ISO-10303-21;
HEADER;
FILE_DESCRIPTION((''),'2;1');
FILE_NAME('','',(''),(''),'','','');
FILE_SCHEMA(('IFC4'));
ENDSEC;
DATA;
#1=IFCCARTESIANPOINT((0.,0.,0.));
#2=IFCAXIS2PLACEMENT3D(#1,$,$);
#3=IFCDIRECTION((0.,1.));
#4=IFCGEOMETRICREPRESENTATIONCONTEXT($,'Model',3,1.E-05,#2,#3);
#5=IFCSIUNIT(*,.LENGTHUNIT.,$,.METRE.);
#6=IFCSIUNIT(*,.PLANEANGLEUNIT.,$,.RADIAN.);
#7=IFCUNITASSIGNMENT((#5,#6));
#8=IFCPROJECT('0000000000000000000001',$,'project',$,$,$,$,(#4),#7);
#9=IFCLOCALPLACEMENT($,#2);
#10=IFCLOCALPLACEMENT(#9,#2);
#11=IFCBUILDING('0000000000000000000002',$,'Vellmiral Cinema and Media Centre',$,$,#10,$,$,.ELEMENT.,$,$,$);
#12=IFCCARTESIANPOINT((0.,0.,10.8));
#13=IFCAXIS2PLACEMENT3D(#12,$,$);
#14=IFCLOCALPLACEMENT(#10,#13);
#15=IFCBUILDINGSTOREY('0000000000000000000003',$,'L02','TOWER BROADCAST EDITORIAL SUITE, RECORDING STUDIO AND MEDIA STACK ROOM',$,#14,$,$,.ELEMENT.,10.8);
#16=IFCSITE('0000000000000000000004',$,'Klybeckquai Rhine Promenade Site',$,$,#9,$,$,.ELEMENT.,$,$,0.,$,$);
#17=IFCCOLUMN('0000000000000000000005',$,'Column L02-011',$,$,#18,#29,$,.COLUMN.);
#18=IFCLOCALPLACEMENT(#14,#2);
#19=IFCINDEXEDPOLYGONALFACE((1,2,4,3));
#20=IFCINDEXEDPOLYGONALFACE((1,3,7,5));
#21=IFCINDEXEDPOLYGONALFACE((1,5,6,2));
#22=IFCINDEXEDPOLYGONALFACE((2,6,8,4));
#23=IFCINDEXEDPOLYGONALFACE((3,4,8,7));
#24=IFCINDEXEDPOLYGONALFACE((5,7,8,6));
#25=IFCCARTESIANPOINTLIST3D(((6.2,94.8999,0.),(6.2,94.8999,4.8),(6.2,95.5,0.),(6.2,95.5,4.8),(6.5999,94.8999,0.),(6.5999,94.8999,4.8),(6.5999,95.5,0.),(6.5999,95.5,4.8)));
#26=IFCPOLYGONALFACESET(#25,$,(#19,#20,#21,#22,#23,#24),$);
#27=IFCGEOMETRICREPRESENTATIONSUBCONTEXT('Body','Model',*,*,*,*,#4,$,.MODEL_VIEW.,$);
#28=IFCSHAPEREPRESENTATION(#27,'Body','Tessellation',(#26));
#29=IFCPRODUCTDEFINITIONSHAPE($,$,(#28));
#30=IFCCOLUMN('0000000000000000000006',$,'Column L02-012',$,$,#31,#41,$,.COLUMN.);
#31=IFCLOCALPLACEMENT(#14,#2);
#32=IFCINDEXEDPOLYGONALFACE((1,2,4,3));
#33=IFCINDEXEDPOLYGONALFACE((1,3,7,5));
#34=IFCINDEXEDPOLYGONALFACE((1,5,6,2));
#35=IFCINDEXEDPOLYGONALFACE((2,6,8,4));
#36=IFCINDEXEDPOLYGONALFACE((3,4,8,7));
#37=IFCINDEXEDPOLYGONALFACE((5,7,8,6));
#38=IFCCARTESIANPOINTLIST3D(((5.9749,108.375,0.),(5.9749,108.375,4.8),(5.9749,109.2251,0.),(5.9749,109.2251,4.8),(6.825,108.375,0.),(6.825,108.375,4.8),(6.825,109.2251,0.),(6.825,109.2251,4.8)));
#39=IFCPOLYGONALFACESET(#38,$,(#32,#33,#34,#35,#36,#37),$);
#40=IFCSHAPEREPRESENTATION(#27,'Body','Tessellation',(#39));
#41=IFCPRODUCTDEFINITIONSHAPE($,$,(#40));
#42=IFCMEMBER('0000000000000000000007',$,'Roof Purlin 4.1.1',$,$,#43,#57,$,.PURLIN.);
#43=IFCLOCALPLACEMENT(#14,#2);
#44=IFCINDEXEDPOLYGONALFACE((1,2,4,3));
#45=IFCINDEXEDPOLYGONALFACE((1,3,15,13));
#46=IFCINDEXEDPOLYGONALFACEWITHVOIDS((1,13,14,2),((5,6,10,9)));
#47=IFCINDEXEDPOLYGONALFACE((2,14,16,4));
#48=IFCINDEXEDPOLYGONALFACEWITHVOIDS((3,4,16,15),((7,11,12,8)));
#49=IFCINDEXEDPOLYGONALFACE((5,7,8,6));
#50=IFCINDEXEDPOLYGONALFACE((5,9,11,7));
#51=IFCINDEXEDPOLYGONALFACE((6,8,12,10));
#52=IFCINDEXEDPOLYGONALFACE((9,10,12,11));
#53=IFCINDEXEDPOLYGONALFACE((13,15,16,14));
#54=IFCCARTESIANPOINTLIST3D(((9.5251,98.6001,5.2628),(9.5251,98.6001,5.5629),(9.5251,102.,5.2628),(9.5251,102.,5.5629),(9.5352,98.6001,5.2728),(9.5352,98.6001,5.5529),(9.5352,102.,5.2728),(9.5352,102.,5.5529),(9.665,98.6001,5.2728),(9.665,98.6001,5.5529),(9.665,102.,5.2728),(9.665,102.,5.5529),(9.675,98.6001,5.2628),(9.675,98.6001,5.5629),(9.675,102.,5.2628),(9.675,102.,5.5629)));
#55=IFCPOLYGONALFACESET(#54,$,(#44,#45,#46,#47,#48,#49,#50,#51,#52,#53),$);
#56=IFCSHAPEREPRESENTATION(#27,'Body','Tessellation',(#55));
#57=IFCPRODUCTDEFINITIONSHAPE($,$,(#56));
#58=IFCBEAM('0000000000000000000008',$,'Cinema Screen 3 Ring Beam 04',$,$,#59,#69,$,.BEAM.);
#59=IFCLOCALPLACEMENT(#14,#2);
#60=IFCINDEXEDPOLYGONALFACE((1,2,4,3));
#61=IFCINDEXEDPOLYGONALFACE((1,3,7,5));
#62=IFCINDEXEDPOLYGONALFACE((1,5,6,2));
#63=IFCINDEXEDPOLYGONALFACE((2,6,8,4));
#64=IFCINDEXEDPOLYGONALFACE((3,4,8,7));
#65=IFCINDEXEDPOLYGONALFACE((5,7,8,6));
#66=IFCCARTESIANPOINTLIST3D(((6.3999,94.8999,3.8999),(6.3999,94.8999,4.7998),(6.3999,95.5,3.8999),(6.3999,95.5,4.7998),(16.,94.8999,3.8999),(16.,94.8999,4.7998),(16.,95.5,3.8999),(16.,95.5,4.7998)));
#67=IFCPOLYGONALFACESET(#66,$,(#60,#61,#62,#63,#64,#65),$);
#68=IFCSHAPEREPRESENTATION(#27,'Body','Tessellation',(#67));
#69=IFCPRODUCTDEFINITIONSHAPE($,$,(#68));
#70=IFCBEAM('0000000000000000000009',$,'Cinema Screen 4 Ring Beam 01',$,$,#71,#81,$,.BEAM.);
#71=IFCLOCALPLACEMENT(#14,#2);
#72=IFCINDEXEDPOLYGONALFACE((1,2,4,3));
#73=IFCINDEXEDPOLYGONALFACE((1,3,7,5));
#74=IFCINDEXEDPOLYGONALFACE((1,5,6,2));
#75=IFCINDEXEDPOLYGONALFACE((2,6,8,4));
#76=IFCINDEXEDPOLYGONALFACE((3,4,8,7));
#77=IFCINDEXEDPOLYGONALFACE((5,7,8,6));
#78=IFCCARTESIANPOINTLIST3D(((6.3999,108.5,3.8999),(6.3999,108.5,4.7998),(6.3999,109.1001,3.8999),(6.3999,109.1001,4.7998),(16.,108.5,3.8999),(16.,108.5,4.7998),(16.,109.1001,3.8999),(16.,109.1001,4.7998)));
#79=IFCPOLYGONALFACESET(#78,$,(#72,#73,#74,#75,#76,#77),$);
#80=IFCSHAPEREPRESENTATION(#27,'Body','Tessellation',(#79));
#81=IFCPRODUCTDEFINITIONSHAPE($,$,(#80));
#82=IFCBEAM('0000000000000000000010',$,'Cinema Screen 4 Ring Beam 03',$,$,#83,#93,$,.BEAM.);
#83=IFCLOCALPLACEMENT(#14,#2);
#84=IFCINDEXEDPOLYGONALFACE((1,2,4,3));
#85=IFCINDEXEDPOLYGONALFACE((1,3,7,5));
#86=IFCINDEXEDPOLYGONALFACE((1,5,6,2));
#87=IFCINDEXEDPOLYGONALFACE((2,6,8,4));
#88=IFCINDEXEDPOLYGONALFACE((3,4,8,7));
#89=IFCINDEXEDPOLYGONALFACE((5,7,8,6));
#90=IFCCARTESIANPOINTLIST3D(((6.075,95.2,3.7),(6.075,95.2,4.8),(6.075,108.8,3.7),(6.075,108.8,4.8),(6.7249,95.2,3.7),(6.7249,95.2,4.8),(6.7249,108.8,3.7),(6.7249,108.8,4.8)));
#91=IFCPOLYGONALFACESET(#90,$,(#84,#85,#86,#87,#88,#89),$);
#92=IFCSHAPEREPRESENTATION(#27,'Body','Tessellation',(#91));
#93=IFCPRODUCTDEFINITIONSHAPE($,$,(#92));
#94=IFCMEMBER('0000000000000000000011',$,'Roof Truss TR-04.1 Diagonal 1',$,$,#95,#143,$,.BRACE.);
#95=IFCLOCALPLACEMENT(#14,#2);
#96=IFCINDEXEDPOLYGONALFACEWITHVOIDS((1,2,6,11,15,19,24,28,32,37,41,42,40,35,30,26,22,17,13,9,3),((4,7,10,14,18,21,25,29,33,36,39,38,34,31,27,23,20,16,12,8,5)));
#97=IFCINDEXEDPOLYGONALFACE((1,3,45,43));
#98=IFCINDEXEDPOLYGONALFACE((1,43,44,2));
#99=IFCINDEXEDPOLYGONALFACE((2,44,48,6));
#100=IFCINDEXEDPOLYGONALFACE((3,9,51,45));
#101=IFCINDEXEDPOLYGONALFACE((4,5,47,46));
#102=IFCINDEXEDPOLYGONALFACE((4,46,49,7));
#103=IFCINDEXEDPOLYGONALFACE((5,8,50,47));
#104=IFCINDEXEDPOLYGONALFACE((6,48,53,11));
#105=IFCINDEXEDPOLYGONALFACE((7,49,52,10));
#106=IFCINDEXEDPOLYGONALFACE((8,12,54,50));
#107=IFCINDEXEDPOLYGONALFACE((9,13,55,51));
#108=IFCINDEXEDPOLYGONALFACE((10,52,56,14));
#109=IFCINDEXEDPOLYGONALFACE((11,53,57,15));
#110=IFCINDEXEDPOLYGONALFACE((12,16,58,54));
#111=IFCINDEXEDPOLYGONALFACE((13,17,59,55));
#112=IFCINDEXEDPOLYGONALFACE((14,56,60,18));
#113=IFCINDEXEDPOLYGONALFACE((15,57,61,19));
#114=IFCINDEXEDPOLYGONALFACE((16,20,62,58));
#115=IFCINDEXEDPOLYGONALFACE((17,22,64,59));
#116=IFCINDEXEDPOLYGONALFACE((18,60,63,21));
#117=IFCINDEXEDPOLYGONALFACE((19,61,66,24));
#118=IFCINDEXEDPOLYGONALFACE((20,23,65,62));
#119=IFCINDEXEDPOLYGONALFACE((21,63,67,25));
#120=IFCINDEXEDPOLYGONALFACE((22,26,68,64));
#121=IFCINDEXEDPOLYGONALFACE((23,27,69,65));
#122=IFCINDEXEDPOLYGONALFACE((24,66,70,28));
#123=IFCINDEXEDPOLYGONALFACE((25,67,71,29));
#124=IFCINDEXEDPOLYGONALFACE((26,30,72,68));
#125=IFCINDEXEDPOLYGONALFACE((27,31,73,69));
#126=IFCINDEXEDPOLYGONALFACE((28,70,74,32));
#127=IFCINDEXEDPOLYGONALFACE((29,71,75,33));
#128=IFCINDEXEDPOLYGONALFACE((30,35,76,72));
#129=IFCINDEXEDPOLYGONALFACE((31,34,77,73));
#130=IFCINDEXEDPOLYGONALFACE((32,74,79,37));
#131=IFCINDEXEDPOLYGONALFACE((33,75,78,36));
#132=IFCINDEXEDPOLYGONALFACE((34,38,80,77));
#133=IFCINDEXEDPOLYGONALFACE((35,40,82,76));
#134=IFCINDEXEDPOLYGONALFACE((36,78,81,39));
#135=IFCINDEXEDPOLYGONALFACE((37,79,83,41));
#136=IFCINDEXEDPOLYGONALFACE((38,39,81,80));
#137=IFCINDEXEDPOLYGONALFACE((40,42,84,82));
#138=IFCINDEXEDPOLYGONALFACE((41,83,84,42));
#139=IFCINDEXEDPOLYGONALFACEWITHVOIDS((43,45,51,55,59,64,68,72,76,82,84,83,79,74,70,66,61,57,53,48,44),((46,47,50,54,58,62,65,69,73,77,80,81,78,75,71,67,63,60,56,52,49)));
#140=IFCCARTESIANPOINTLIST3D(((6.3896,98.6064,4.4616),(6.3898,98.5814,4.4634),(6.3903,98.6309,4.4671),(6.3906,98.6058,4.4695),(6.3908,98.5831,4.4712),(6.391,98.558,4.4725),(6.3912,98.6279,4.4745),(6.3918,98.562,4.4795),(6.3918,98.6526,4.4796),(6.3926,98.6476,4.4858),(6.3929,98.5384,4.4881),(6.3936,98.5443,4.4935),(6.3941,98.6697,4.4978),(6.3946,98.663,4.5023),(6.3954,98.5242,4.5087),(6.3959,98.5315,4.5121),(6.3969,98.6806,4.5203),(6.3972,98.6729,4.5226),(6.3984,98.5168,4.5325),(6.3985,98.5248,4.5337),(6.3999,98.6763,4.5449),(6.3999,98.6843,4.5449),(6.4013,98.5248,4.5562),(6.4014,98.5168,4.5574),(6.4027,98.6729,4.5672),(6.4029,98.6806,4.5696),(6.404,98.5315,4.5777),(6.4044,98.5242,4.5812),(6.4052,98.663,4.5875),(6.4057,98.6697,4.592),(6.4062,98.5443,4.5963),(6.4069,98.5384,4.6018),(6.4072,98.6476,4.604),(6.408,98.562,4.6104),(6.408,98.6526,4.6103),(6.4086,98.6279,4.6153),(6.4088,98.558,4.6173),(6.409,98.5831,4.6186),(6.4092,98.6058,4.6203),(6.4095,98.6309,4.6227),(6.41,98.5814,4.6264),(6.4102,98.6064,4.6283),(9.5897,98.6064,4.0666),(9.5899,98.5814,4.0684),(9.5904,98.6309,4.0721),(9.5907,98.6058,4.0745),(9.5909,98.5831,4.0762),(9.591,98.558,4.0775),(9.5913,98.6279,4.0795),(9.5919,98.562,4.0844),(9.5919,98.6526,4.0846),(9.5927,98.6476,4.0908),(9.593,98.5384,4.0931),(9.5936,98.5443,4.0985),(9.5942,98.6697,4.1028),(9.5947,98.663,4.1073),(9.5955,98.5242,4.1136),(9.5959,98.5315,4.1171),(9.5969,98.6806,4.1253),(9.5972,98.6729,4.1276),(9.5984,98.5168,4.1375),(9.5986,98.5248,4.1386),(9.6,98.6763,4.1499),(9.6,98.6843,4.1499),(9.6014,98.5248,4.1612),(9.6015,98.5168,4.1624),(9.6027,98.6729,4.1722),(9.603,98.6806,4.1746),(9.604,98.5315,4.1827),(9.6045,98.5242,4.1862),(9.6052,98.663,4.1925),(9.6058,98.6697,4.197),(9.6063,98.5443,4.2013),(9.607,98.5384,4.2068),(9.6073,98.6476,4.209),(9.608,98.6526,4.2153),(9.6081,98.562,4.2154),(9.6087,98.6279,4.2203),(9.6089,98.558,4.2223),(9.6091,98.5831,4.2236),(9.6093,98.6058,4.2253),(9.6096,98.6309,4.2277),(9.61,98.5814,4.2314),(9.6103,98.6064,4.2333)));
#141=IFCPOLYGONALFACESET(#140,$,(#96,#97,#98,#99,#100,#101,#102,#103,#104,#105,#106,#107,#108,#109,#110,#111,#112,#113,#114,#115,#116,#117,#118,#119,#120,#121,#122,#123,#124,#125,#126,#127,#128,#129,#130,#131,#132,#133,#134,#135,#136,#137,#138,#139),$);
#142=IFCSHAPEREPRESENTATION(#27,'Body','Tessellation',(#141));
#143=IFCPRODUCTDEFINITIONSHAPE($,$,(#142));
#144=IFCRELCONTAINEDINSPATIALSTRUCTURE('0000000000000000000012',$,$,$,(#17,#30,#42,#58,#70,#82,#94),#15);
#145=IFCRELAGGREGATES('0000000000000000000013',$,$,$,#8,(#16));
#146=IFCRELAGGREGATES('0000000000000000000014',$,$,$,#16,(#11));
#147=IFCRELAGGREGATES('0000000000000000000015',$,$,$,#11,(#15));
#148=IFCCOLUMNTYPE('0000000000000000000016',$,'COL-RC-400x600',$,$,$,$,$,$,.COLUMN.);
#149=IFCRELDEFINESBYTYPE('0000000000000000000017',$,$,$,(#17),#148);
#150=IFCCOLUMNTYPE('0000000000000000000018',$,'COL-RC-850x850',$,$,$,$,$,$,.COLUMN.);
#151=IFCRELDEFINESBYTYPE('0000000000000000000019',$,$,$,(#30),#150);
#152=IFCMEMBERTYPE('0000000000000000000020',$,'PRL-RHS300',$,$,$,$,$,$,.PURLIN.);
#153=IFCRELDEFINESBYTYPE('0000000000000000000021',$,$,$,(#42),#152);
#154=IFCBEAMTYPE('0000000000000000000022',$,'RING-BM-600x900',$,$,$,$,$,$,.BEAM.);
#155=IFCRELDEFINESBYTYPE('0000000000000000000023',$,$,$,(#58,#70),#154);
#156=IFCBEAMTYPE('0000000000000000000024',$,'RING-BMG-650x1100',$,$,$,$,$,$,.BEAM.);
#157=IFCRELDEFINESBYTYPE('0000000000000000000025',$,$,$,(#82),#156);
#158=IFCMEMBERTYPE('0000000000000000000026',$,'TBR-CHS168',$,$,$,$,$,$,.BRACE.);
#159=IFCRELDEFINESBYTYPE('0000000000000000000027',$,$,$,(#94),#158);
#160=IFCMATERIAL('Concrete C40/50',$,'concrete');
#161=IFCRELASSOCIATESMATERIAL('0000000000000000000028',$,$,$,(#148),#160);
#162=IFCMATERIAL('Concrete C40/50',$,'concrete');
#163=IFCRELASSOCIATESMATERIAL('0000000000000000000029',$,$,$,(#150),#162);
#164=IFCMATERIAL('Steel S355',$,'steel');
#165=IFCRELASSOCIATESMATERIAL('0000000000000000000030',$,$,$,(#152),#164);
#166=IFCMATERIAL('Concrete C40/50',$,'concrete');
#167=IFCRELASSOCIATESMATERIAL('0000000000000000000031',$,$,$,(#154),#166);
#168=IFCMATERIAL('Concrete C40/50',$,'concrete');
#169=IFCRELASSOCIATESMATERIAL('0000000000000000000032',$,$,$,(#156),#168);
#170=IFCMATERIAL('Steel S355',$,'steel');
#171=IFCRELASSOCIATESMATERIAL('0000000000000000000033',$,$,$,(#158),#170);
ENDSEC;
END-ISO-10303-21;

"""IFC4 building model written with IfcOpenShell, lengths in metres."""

from ifc_helpers import new_model, si_unit, direction, frame, origin, origin_2d, place, context, subcontext, project, spatial, rectangle, hollow_rectangle, hollow_circle, extrude, material, material_profile, profile_set, type_object, element, save


model = new_model("IFC4")

# Units and contexts
model_context = context("Model", 3, precision=1e-05, world=origin(), true_north=direction((0.0, 1.0)))
body_context = subcontext(model_context, "Body", "Model", "MODEL_VIEW")
ifc_project = project(units=[si_unit("LENGTHUNIT", "METRE"), si_unit("PLANEANGLEUNIT", "RADIAN")], contexts=[model_context])

# Site, building, storey
site_placement = place(None, origin())
site = spatial("IfcSite", under=ifc_project, at=site_placement, Name="Klybeckquai Rhine Promenade Site", CompositionType="ELEMENT", RefElevation=0.0)
building_placement = place(site_placement, origin())
building = spatial("IfcBuilding", under=site, at=building_placement, Name="Vellmiral Cinema and Media Centre", CompositionType="ELEMENT")
storey_placement = place(building_placement, frame((0.0, 0.0, 10.8)))
storey = spatial("IfcBuildingStorey", under=building, at=storey_placement, Name="L02", Description="TOWER BROADCAST EDITORIAL SUITE, RECORDING STUDIO AND MEDIA STACK ROOM", CompositionType="ELEMENT", Elevation=10.8)

# Columns
ifc_material_1 = material(Name="Concrete C40/50", Category="concrete")
ifc_material_profile_1 = material_profile(ifc_material_1, rectangle(XDim=0.3999, YDim=0.6001, at=origin_2d()), Name="RC 400x600")
ifc_profile_set_1 = profile_set([ifc_material_profile_1], Name="Concrete C40/50")
column_type_1 = type_object("IfcColumnType", Name="COL-RC-400x600", PredefinedType="COLUMN", material=ifc_profile_set_1)
column_1_placement = place(storey_placement, frame((6.3999, 95.2, 0.0), z_axis=(0.0, 0.0, 1.0), x_axis=(1.0, 0.0, 0.0)))
element("IfcColumn", 1, at=column_1_placement, inside=storey, type_object=column_type_1, Name="Column L02-011", PredefinedType="COLUMN", context=body_context, shape_type="SweptSolid", body=[
    extrude(rectangle(XDim=0.3999, YDim=0.6001, at=origin_2d()), origin(), (0.0, 0.0, 1.0), 4.8),
])
ifc_material_2 = material(Name="Concrete C40/50", Category="concrete")
ifc_material_profile_2 = material_profile(ifc_material_2, rectangle(XDim=0.8501, YDim=0.8501, at=origin_2d()), Name="RC 850x850")
ifc_profile_set_2 = profile_set([ifc_material_profile_2], Name="Concrete C40/50")
column_type_2 = type_object("IfcColumnType", Name="COL-RC-850x850", PredefinedType="COLUMN", material=ifc_profile_set_2)
column_2_placement = place(storey_placement, frame((6.3999, 108.8, 0.0), z_axis=(0.0, 0.0, 1.0), x_axis=(1.0, 0.0, 0.0)))
element("IfcColumn", 2, at=column_2_placement, inside=storey, type_object=column_type_2, Name="Column L02-012", PredefinedType="COLUMN", context=body_context, shape_type="SweptSolid", body=[
    extrude(rectangle(XDim=0.8501, YDim=0.8501, at=origin_2d()), origin(), (0.0, 0.0, 1.0), 4.8),
])

# Member
ifc_material_3 = material(Name="Steel S355", Category="steel")
ifc_material_profile_3 = material_profile(ifc_material_3, hollow_rectangle(XDim=0.1499, YDim=0.3, WallThickness=0.01, at=origin_2d()), Name="RHS 300x150x10.0")
ifc_profile_set_3 = profile_set([ifc_material_profile_3], Name="Steel S355")
member_type_1 = type_object("IfcMemberType", Name="PRL-RHS300", PredefinedType="PURLIN", material=ifc_profile_set_3)
member_1_placement = place(storey_placement, frame((9.6001, 98.6001, 5.4128), z_axis=(0.0, 1.0, 0.0), x_axis=(-1.0, 0.0, 0.0)))
element("IfcMember", 3, at=member_1_placement, inside=storey, type_object=member_type_1, Name="Roof Purlin 4.1.1", PredefinedType="PURLIN", context=body_context, shape_type="SweptSolid", body=[
    extrude(hollow_rectangle(XDim=0.1499, YDim=0.3, WallThickness=0.01, at=origin_2d()), origin(), (0.0, 0.0, 1.0), 3.3999),
])

# Beams
ifc_material_4 = material(Name="Concrete C40/50", Category="concrete")
ifc_material_profile_4 = material_profile(ifc_material_4, rectangle(XDim=0.6001, YDim=0.8999, at=origin_2d()), Name="RC 600x900")
ifc_profile_set_4 = profile_set([ifc_material_profile_4], Name="Concrete C40/50")
beam_type_1 = type_object("IfcBeamType", Name="RING-BM-600x900", PredefinedType="BEAM", material=ifc_profile_set_4)
for number, where, z_axis, x_axis, name in (
    (4, (6.3999, 95.2, 4.3499), (1.0, 0.0, 0.0), (0.0, 1.0, 0.0), "Cinema Screen 3 Ring Beam 04"),
    (5, (6.3999, 108.8, 4.3499), (1.0, 0.0, 0.0), (0.0, 1.0, 0.0), "Cinema Screen 4 Ring Beam 01"),
):
    element("IfcBeam", number, at=place(storey_placement, frame(where, z_axis=z_axis, x_axis=x_axis)), inside=storey, type_object=beam_type_1, Name=name, PredefinedType="BEAM", context=body_context, shape_type="SweptSolid", body=[
        extrude(rectangle(XDim=0.6001, YDim=0.8999, at=origin_2d()), origin(), (0.0, 0.0, 1.0), 9.6001),
    ])
ifc_material_5 = material(Name="Concrete C40/50", Category="concrete")
ifc_material_profile_5 = material_profile(ifc_material_5, rectangle(XDim=0.6499, YDim=1.1001, at=origin_2d()), Name="RC 650x1100")
ifc_profile_set_5 = profile_set([ifc_material_profile_5], Name="Concrete C40/50")
beam_type_2 = type_object("IfcBeamType", Name="RING-BMG-650x1100", PredefinedType="BEAM", material=ifc_profile_set_5)
beam_placement = place(storey_placement, frame((6.3999, 95.2, 4.25), z_axis=(0.0, 1.0, 0.0), x_axis=(-1.0, 0.0, 0.0)))
element("IfcBeam", 6, at=beam_placement, inside=storey, type_object=beam_type_2, Name="Cinema Screen 4 Ring Beam 03", PredefinedType="BEAM", context=body_context, shape_type="SweptSolid", body=[
    extrude(rectangle(XDim=0.6499, YDim=1.1001, at=origin_2d()), origin(), (0.0, 0.0, 1.0), 13.6001),
])

# Member
ifc_material_6 = material(Name="Steel S355", Category="steel")
ifc_material_profile_6 = material_profile(ifc_material_6, hollow_circle(Radius=0.0842, WallThickness=0.0081, at=origin_2d()), Name="CHS 168.3x8.0")
ifc_profile_set_6 = profile_set([ifc_material_profile_6], Name="Steel S355")
member_type_2 = type_object("IfcMemberType", Name="TBR-CHS168", PredefinedType="BRACE", material=ifc_profile_set_6)
member_2_placement = place(storey_placement, frame((6.3999, 98.6001, 4.5449), z_axis=(0.992468, 0.0, -0.122506), x_axis=(0.0, 1.0, 0.0)))
element("IfcMember", 7, at=member_2_placement, inside=storey, type_object=member_type_2, Name="Roof Truss TR-04.1 Diagonal 1", PredefinedType="BRACE", context=body_context, shape_type="SweptSolid", body=[
    extrude(hollow_circle(Radius=0.0842, WallThickness=0.0081, at=origin_2d()), origin(), (0.0, 0.0, 1.0), 3.2244),
])

save(model, "model.ifc")
